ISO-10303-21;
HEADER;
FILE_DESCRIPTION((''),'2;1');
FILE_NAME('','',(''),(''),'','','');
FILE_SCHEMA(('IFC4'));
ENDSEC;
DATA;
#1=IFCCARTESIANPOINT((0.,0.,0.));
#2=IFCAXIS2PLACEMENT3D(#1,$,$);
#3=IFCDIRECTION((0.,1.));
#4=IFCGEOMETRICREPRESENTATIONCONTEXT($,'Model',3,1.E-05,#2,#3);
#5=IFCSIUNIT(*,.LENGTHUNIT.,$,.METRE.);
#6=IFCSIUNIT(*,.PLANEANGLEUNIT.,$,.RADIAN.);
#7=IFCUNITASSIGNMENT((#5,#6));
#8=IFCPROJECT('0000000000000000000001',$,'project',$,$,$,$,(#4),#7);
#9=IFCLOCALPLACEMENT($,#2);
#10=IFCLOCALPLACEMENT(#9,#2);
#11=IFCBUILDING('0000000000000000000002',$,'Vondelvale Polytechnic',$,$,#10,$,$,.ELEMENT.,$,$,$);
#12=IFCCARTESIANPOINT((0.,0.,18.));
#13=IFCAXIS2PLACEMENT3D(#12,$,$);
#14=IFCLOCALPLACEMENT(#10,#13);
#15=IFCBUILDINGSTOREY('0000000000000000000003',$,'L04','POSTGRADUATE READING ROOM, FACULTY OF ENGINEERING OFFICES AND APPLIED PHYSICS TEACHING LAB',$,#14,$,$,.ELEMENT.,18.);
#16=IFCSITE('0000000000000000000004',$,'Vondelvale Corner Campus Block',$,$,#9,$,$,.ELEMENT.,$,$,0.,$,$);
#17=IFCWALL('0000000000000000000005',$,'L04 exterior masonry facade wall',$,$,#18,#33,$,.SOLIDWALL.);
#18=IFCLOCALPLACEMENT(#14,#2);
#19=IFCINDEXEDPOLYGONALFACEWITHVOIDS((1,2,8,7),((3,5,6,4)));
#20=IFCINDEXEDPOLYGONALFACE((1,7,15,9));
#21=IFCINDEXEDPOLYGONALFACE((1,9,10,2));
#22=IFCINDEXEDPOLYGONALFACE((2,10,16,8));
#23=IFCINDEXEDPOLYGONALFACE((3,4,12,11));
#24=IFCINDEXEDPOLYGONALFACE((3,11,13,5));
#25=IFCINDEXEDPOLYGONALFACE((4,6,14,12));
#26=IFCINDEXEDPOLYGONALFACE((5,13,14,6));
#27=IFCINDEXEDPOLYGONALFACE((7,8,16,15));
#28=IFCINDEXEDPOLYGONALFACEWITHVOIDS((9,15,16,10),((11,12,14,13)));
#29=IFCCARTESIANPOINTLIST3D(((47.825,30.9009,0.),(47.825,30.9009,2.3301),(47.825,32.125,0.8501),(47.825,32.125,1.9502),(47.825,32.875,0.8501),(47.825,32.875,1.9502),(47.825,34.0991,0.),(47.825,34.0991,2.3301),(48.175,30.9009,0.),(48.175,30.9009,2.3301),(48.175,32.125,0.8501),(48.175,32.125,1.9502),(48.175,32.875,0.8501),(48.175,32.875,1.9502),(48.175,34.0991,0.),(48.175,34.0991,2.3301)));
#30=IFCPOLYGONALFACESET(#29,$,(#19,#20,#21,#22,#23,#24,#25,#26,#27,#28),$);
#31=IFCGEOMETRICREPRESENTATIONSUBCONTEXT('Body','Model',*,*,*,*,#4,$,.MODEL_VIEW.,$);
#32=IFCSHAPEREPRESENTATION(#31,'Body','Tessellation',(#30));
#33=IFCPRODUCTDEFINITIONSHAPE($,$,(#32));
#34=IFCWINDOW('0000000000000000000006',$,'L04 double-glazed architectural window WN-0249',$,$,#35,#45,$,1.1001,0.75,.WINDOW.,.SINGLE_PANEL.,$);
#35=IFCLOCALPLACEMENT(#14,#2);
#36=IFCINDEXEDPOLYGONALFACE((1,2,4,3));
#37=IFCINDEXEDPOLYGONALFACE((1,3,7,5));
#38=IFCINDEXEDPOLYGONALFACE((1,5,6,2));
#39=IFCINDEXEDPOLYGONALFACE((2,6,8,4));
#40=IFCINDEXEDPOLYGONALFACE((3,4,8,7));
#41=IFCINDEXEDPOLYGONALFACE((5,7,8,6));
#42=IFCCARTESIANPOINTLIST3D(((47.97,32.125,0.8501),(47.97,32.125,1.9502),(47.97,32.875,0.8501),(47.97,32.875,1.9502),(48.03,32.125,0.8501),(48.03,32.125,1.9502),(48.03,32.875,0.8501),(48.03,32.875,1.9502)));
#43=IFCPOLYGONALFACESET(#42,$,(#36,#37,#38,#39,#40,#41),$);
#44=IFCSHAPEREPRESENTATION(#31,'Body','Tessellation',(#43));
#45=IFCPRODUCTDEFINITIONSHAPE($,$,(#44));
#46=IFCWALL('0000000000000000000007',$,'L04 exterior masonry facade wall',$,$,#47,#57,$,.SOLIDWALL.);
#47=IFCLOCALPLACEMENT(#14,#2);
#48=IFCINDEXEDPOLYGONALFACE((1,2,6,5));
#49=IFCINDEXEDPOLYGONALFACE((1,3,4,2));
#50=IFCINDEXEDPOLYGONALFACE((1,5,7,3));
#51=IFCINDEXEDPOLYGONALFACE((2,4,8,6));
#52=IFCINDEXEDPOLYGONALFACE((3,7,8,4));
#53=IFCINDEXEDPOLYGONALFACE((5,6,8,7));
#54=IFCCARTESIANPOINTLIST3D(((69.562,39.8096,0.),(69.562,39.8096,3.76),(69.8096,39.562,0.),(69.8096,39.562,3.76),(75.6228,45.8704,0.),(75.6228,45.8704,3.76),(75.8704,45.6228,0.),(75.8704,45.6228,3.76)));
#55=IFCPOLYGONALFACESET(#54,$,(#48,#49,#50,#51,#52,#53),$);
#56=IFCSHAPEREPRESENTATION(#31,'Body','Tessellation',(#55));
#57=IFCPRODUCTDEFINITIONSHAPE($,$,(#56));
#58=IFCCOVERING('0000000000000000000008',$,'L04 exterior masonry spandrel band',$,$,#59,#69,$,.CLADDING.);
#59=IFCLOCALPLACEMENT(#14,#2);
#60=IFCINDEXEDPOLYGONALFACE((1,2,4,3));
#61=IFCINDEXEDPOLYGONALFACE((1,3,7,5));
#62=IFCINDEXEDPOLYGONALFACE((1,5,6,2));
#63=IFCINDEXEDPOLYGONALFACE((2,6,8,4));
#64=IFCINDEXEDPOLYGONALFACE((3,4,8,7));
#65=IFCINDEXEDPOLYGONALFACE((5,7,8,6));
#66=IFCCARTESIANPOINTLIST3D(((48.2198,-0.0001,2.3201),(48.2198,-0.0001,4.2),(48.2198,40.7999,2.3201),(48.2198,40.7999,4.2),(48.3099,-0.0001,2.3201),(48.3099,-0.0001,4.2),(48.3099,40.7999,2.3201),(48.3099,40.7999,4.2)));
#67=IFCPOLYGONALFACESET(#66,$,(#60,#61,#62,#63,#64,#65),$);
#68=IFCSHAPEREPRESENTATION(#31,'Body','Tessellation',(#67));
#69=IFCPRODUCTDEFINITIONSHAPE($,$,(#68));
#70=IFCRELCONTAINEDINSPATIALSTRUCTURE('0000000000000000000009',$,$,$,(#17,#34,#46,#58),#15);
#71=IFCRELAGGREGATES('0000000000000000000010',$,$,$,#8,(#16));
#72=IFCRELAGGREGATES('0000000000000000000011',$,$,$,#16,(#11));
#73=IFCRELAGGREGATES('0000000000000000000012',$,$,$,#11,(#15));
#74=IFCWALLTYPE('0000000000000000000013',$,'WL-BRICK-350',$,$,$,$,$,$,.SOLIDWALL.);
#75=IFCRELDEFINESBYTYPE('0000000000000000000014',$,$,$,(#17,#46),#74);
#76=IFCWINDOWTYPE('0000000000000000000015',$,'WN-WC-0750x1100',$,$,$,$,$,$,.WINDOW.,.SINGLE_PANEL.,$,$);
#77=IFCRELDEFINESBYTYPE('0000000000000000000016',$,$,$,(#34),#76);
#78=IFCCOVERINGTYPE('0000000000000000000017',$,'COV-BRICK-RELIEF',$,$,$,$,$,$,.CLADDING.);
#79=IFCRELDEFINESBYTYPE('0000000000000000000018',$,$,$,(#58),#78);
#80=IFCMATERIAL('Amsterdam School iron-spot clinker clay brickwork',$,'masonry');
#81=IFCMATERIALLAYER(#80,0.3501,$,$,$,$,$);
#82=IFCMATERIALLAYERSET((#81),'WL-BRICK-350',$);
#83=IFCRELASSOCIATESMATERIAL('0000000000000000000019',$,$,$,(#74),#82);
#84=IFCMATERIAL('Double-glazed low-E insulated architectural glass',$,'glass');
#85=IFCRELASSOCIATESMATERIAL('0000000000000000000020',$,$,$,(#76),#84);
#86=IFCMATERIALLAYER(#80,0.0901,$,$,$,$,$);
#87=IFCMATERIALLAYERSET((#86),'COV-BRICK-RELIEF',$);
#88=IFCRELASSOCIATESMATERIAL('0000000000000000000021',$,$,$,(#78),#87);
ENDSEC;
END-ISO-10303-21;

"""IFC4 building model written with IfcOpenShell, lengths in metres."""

from ifc_helpers import new_model, si_unit, direction, frame, frame_2d, origin, origin_2d, place, context, subcontext, project, spatial, rectangle, extrude, material, layer, layer_set, type_object, element, fill, save


model = new_model("IFC4")

# Units and contexts
model_context = context("Model", 3, precision=1e-05, world=origin(), true_north=direction((0.0, 1.0)))
body_context = subcontext(model_context, "Body", "Model", "MODEL_VIEW")
ifc_project = project(units=[si_unit("LENGTHUNIT", "METRE"), si_unit("PLANEANGLEUNIT", "RADIAN")], contexts=[model_context])

# Site, building, storey
site_placement = place(None, origin())
site = spatial("IfcSite", under=ifc_project, at=site_placement, Name="Vondelvale Corner Campus Block", CompositionType="ELEMENT", RefElevation=0.0)
building_placement = place(site_placement, origin())
building = spatial("IfcBuilding", under=site, at=building_placement, Name="Vondelvale Polytechnic", CompositionType="ELEMENT")
storey_placement = place(building_placement, frame((0.0, 0.0, 18.0)))
storey = spatial("IfcBuildingStorey", under=building, at=storey_placement, Name="L04", Description="POSTGRADUATE READING ROOM, FACULTY OF ENGINEERING OFFICES AND APPLIED PHYSICS TEACHING LAB", CompositionType="ELEMENT", Elevation=18.0)

# Shared definitions
ifc_material_1 = material(Name="Double-glazed low-E insulated architectural glass", Category="glass")

# Wall, opening, window
ifc_material_2 = material(Name="Amsterdam School iron-spot clinker clay brickwork", Category="masonry")
ifc_layer_1 = layer(ifc_material_2, 0.3501)
ifc_layer_set_1 = layer_set([ifc_layer_1], Name="WL-BRICK-350")
wall_type = type_object("IfcWallType", Name="WL-BRICK-350", PredefinedType="SOLIDWALL", material=ifc_layer_set_1)
window_type_1 = type_object("IfcWindowType", Name="WN-WC-0750x1100", PartitioningType="SINGLE_PANEL", PredefinedType="WINDOW", material=ifc_material_1)
wall_1_placement = place(storey_placement, frame((48.0, 34.0991, 0.0), z_axis=(0.0, 0.0, 1.0), x_axis=(0.0, -1.0, 0.0)))
wall_1 = element("IfcWall", 1, at=wall_1_placement, inside=storey, type_object=wall_type, Name="L04 exterior masonry facade wall", PredefinedType="SOLIDWALL", context=body_context, shape_type="SweptSolid", body=[
    extrude(rectangle(XDim=3.1982, YDim=0.3501, at=frame_2d((1.5991, 0.0))), origin(), (0.0, 0.0, 1.0), 2.3301),
])
opening_1_placement = place(wall_1_placement, frame((1.2241, 0.0, 0.8501)))
opening_1 = element("IfcOpeningElement", 2, at=opening_1_placement, cuts=wall_1, PredefinedType="OPENING", context=body_context, shape_type="SweptSolid", body=[
    extrude(rectangle(XDim=0.75, YDim=1.1001, at=frame_2d((0.375, 0.55))), frame((0.0, 0.1851, 0.0), z_axis=(0.0, -1.0, 0.0), x_axis=(1.0, 0.0, 0.0)), (0.0, 0.0, 1.0), 0.3701),
])
window_1_placement = place(opening_1_placement, origin())
window_1 = element("IfcWindow", 3, at=window_1_placement, inside=storey, type_object=window_type_1, Name="L04 double-glazed architectural window WN-0249", OverallHeight=1.1001, OverallWidth=0.75, PartitioningType="SINGLE_PANEL", PredefinedType="WINDOW", context=body_context, shape_type="SweptSolid", body=[
    extrude(rectangle(XDim=0.75, YDim=1.1001, at=frame_2d((0.375, 0.55))), frame((0.0, 0.03, 0.0), z_axis=(0.0, -1.0, 0.0), x_axis=(1.0, 0.0, 0.0)), (0.0, 0.0, 1.0), 0.0601),
])
fill(opening_1, window_1)

# Wall
wall_2_placement = place(storey_placement, frame((69.6858, 39.6858, 0.0), z_axis=(0.0, 0.0, 1.0), x_axis=(0.707107, 0.707107, 0.0)))
element("IfcWall", 4, at=wall_2_placement, inside=storey, type_object=wall_type, Name="L04 exterior masonry facade wall", PredefinedType="SOLIDWALL", context=body_context, shape_type="SweptSolid", body=[
    extrude(rectangle(XDim=8.5713, YDim=0.3501, at=frame_2d((4.2856, 0.0))), origin(), (0.0, 0.0, 1.0), 3.76),
])

# Covering
ifc_layer_2 = layer(ifc_material_2, 0.0901)
ifc_layer_set_2 = layer_set([ifc_layer_2], Name="COV-BRICK-RELIEF")
covering_type = type_object("IfcCoveringType", Name="COV-BRICK-RELIEF", PredefinedType="CLADDING", material=ifc_layer_set_2)
covering_placement = place(storey_placement, frame((48.2649, 20.3999, 2.3201), z_axis=(0.0, 0.0, 1.0), x_axis=(0.0, 1.0, 0.0)))
element("IfcCovering", 5, at=covering_placement, inside=storey, type_object=covering_type, Name="L04 exterior masonry spandrel band", PredefinedType="CLADDING", context=body_context, shape_type="SweptSolid", body=[
    extrude(rectangle(XDim=40.8, YDim=0.0901, at=origin_2d()), origin(), (0.0, 0.0, 1.0), 1.8799),
])

save(model, "model.ifc")
